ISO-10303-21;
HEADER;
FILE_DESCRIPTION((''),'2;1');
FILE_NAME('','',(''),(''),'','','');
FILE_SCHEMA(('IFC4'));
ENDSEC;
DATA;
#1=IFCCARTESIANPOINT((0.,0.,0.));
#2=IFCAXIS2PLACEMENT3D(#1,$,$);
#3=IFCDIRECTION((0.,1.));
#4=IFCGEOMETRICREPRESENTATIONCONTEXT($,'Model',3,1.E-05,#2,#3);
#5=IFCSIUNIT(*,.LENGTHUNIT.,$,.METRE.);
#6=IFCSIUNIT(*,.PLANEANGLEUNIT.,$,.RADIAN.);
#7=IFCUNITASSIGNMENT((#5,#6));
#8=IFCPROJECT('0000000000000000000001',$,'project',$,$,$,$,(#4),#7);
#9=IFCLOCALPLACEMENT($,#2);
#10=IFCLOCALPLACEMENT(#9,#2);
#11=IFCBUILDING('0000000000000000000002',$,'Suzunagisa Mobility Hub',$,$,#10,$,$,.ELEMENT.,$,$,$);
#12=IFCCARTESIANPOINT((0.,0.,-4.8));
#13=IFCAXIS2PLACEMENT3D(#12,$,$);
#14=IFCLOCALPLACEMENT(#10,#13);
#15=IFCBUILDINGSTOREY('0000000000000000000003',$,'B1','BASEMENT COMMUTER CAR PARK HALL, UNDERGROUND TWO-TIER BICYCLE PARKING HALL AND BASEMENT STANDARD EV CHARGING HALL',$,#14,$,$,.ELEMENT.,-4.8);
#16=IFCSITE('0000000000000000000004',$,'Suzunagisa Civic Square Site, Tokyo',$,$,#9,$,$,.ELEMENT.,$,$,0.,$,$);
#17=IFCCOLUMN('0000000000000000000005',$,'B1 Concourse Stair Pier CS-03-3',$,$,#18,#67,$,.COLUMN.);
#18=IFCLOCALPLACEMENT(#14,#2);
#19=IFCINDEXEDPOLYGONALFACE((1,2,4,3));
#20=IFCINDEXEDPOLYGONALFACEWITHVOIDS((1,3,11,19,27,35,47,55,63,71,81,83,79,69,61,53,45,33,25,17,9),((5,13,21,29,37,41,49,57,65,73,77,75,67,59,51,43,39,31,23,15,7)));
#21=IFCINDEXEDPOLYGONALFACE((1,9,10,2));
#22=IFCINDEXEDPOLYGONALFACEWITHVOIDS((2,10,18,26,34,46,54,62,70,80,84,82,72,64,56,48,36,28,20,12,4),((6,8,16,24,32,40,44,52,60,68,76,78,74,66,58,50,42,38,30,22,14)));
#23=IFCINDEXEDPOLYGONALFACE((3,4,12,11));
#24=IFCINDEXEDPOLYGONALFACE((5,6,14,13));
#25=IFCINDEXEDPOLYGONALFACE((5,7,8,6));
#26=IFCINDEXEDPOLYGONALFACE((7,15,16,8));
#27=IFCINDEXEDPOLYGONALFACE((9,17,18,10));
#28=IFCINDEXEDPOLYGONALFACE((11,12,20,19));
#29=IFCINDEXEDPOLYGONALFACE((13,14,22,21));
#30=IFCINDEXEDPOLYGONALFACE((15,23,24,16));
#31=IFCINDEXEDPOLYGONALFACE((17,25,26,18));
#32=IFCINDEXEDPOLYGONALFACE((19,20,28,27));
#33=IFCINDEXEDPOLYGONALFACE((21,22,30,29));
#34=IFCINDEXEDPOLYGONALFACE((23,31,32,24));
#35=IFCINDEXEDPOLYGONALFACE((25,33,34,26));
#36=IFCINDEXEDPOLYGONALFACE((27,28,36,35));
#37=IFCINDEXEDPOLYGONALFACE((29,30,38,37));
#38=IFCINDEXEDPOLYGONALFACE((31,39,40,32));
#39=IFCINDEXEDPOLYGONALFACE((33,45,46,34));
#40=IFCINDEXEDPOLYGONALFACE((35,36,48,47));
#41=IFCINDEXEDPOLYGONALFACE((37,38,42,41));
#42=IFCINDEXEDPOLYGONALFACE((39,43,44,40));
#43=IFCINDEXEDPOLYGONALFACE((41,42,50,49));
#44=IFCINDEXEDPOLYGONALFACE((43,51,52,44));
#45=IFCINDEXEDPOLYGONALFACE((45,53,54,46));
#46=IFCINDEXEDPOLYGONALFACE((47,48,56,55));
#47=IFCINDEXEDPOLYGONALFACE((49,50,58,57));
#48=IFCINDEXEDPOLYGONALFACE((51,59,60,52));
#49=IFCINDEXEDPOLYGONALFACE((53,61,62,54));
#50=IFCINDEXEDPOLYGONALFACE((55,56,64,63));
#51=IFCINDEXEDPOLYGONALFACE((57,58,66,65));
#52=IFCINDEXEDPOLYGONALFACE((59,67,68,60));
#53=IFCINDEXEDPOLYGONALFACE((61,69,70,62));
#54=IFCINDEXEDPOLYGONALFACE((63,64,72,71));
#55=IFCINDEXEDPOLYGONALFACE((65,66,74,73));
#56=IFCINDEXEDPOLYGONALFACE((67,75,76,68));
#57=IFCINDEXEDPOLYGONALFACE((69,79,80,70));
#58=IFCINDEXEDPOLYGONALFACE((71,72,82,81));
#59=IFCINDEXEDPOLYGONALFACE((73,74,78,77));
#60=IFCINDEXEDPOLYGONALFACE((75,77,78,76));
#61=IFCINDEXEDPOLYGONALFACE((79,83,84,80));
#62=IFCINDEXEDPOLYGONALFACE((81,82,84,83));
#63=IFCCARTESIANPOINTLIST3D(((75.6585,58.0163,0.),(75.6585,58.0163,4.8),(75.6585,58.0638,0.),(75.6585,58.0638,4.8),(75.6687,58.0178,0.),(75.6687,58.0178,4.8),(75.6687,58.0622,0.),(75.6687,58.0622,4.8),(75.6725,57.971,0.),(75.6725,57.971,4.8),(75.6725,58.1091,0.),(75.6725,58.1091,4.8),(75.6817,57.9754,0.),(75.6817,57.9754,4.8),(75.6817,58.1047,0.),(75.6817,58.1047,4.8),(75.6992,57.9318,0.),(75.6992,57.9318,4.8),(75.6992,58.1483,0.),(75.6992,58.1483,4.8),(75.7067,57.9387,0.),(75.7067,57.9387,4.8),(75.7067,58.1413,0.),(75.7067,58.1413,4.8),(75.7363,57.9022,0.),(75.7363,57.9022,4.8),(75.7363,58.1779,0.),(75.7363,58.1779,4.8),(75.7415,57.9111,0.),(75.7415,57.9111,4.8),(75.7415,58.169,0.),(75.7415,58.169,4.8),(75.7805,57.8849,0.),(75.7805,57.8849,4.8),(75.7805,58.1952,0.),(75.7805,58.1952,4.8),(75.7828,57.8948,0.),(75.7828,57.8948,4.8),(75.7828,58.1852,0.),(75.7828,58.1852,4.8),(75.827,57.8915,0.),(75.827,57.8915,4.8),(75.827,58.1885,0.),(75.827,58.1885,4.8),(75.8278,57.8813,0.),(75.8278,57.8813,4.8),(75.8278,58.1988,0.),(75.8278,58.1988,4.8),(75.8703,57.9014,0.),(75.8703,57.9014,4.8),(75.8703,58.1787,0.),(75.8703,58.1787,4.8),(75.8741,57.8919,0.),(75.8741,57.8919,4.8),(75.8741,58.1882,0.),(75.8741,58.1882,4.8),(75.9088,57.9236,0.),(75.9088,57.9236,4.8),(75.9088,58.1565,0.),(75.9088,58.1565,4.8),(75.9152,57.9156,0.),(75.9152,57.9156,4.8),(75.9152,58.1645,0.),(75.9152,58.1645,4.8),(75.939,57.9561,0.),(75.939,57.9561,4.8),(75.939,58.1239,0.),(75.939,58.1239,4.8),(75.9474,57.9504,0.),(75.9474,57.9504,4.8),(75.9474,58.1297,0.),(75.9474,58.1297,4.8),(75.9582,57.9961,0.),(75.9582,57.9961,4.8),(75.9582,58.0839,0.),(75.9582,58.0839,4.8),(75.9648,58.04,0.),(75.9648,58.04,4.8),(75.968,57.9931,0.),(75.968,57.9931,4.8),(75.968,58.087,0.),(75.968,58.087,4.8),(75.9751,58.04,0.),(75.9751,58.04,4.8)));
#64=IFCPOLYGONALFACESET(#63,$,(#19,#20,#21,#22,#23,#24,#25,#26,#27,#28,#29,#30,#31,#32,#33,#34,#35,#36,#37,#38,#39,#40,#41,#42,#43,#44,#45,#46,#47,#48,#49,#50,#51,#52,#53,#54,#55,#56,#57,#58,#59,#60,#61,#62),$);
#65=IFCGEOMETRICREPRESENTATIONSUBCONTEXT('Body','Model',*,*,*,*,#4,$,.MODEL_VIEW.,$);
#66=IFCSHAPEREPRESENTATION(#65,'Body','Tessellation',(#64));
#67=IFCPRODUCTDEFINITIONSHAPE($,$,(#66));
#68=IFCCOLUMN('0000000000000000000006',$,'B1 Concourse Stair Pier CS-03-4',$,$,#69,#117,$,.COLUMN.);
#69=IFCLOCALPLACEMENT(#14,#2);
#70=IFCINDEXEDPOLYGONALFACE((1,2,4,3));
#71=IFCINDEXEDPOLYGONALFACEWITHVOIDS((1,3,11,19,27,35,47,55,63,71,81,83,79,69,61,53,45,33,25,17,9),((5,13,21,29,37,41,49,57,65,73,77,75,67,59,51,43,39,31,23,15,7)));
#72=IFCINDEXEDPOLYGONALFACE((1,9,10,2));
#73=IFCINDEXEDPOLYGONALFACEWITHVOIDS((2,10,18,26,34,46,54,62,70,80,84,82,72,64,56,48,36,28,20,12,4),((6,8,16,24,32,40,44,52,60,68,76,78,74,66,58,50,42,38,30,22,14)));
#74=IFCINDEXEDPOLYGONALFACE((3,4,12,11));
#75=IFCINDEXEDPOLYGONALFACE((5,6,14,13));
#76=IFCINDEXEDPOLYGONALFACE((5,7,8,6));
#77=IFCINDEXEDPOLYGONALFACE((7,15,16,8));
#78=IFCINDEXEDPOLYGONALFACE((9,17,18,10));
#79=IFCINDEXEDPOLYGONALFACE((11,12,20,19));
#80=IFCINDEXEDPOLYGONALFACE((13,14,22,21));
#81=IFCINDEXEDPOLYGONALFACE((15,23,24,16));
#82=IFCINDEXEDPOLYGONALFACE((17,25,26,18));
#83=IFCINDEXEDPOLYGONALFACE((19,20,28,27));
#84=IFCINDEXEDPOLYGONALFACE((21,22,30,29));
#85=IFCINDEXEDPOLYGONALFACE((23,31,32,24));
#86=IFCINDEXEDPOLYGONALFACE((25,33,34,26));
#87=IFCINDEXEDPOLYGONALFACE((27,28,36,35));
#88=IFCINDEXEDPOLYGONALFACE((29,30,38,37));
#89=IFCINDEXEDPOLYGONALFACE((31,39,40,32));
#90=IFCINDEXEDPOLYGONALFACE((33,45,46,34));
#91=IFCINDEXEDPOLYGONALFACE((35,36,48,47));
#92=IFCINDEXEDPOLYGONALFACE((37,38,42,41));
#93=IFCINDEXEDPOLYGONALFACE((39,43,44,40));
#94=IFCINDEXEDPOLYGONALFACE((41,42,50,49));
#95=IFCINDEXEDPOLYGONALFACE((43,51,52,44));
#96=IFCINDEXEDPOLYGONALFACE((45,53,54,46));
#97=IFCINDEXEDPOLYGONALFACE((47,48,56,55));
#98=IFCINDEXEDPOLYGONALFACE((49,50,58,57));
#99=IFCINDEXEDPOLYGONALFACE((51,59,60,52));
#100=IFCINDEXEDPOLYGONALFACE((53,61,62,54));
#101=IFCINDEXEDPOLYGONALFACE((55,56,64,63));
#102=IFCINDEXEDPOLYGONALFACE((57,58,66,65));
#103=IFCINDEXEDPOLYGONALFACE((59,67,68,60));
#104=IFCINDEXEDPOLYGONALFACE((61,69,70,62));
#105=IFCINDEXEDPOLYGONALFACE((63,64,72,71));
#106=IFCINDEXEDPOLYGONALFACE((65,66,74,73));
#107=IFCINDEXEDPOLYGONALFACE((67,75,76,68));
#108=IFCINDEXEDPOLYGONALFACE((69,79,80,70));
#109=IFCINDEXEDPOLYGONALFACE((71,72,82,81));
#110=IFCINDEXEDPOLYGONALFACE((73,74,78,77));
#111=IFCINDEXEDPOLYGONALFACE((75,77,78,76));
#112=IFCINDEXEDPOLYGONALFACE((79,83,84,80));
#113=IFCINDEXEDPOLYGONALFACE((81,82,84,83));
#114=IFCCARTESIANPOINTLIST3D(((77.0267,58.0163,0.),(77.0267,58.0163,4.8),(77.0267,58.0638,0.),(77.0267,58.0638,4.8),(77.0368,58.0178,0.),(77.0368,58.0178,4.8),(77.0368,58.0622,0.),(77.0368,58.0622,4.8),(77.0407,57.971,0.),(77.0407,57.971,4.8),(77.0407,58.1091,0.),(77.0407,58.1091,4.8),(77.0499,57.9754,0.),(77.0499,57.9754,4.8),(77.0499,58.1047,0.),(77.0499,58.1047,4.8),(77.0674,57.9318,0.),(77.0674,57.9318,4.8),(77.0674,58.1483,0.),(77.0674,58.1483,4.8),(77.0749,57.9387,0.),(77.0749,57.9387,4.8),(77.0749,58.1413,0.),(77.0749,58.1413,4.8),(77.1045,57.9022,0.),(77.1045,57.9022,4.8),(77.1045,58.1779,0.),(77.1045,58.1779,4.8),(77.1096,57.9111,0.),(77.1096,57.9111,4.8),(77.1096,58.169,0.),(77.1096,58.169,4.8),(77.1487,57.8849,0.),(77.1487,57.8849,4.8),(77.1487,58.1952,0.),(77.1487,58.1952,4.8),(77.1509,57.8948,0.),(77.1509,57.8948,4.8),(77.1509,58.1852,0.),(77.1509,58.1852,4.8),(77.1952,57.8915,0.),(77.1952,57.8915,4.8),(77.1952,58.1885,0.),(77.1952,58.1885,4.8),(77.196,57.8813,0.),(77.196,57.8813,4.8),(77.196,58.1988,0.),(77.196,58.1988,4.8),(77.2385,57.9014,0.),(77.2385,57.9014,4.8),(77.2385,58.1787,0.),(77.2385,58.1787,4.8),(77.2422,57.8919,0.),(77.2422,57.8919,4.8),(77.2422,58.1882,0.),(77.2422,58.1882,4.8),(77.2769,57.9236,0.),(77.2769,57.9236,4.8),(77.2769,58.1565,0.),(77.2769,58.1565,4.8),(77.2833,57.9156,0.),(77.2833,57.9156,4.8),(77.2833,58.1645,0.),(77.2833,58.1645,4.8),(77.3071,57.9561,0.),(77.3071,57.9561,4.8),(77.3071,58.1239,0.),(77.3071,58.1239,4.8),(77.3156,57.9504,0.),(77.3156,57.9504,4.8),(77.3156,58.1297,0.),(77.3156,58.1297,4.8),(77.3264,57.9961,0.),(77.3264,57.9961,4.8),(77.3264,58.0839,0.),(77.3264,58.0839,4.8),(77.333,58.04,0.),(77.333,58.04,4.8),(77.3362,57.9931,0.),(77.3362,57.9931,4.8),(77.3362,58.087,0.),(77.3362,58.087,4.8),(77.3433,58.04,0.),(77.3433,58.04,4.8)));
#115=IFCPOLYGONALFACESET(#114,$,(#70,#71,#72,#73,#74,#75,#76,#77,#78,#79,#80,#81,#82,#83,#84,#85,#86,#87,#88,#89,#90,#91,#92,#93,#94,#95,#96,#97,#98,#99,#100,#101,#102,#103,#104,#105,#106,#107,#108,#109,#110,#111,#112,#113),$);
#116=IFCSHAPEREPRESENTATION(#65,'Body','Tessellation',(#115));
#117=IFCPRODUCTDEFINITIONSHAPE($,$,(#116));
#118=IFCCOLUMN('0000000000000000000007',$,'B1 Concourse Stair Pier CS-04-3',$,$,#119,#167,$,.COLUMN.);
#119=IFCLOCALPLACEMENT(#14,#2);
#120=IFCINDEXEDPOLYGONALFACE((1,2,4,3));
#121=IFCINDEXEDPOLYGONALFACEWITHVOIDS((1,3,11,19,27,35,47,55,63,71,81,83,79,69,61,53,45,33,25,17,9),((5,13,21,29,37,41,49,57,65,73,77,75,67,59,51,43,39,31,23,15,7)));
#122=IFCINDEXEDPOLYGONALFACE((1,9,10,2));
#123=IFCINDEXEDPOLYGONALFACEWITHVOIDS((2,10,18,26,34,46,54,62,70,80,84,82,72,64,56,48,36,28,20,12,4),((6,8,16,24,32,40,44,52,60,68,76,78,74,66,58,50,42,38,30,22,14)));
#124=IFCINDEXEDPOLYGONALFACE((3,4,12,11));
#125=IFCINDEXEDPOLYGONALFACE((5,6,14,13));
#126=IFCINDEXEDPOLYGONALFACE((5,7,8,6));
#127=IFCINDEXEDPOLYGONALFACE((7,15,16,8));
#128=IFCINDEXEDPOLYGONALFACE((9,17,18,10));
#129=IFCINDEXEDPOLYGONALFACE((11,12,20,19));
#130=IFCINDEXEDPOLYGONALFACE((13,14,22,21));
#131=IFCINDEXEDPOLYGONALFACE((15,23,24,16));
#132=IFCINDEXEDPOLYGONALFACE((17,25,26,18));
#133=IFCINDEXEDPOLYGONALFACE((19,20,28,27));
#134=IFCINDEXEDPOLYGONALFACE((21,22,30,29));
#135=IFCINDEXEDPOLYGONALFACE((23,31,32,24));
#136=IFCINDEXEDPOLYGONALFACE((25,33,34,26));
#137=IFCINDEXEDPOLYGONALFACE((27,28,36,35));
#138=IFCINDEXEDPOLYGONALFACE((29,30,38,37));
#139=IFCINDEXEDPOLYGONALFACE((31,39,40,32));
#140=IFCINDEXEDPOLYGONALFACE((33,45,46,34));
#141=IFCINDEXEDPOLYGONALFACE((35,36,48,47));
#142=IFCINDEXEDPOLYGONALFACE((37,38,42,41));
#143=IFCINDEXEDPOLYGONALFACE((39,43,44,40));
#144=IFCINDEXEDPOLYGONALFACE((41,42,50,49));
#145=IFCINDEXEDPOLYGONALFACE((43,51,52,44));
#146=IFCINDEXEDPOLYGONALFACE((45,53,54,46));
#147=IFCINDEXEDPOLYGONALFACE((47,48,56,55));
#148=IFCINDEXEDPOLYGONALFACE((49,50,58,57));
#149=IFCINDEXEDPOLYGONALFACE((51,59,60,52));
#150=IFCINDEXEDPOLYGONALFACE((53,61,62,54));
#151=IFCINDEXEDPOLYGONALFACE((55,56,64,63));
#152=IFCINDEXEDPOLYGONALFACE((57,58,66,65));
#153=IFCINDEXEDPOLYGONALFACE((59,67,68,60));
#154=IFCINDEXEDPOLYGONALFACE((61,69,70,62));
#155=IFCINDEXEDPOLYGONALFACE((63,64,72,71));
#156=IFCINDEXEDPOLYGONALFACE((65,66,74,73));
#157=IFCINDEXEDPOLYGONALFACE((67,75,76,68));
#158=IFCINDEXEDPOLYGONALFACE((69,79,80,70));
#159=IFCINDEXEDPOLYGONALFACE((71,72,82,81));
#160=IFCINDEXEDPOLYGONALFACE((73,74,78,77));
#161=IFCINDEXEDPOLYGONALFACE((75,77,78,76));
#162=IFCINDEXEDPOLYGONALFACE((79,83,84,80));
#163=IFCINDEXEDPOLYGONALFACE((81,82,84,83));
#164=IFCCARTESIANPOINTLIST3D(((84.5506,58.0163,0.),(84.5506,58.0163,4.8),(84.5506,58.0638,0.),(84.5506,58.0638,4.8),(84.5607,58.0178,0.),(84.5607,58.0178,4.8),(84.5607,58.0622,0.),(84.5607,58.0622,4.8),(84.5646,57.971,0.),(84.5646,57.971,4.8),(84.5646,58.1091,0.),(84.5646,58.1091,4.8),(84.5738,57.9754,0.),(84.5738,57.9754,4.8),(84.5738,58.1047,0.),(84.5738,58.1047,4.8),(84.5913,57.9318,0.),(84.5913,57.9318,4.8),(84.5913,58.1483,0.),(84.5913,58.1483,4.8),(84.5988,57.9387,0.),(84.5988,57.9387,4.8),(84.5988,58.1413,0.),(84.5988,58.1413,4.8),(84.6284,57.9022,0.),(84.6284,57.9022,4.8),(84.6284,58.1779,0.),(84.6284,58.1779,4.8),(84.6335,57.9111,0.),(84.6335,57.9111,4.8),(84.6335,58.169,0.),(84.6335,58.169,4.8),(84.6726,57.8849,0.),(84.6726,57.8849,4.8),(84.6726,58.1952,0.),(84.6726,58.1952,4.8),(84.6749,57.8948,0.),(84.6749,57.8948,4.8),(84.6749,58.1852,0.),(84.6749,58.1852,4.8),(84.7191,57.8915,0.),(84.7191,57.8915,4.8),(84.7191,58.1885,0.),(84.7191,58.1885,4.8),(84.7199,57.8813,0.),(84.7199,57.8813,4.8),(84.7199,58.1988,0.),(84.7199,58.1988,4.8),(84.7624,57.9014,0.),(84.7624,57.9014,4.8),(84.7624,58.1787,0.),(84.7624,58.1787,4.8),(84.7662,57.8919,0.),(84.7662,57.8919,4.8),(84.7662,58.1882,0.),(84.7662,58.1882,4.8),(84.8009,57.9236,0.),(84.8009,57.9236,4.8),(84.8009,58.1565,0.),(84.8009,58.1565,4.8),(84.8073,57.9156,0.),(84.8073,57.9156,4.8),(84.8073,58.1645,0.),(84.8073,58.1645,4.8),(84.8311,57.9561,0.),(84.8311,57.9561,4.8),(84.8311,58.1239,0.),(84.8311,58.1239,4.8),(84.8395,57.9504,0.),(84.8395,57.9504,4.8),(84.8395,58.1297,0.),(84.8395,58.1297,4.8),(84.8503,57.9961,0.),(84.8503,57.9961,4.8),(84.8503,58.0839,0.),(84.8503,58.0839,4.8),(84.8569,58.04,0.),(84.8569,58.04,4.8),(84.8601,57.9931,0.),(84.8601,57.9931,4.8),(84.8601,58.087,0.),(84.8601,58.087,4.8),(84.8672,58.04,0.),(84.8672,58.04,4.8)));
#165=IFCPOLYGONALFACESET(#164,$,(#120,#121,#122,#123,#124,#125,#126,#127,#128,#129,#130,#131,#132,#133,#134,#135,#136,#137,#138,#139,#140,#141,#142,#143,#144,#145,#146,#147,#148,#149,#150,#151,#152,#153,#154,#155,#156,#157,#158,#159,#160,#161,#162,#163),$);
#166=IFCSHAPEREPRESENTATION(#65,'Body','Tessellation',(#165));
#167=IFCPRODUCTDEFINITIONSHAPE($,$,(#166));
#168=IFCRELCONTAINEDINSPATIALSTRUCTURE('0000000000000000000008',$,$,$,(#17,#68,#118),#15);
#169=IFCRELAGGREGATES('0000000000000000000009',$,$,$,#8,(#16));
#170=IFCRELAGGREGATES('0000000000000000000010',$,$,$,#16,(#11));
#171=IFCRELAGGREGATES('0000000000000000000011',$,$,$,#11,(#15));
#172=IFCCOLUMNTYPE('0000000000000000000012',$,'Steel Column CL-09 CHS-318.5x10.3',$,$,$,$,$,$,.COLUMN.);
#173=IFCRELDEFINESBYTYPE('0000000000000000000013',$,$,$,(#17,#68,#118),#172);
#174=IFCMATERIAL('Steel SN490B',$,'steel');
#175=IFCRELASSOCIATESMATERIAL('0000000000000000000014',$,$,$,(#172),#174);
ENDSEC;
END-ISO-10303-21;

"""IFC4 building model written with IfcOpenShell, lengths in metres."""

from ifc_helpers import new_model, si_unit, direction, frame, origin, origin_2d, place, context, subcontext, project, spatial, hollow_circle, extrude, material, material_profile, profile_set, type_object, element, save


model = new_model("IFC4")

# Units and contexts
model_context = context("Model", 3, precision=1e-05, world=origin(), true_north=direction((0.0, 1.0)))
body_context = subcontext(model_context, "Body", "Model", "MODEL_VIEW")
ifc_project = project(units=[si_unit("LENGTHUNIT", "METRE"), si_unit("PLANEANGLEUNIT", "RADIAN")], contexts=[model_context])

# Site, building, storey
site_placement = place(None, origin())
site = spatial("IfcSite", under=ifc_project, at=site_placement, Name="Suzunagisa Civic Square Site, Tokyo", CompositionType="ELEMENT", RefElevation=0.0)
building_placement = place(site_placement, origin())
building = spatial("IfcBuilding", under=site, at=building_placement, Name="Suzunagisa Mobility Hub", CompositionType="ELEMENT")
storey_placement = place(building_placement, frame((0.0, 0.0, -4.8)))
storey = spatial("IfcBuildingStorey", under=building, at=storey_placement, Name="B1", Description="BASEMENT COMMUTER CAR PARK HALL, UNDERGROUND TWO-TIER BICYCLE PARKING HALL AND BASEMENT STANDARD EV CHARGING HALL", CompositionType="ELEMENT", Elevation=-4.8)

# Columns
ifc_material_1 = material(Name="Steel SN490B", Category="steel")
ifc_material_profile_1 = material_profile(ifc_material_1, hollow_circle(Radius=0.1592, WallThickness=0.0103, at=origin_2d()), Name="CHS-318.5x10.3")
ifc_profile_set_1 = profile_set([ifc_material_profile_1], Name="Steel SN490B")
column_type_1 = type_object("IfcColumnType", Name="Steel Column CL-09 CHS-318.5x10.3", PredefinedType="COLUMN", material=ifc_profile_set_1)
for number, where, z_axis, x_axis, name in (
    (1, (75.8159, 58.04, 0.0), (0.0, 0.0, 1.0), (1.0, 0.0, 0.0), "B1 Concourse Stair Pier CS-03-3"),
    (2, (77.1841, 58.04, 0.0), (0.0, 0.0, 1.0), (1.0, 0.0, 0.0), "B1 Concourse Stair Pier CS-03-4"),
    (3, (84.708, 58.04, 0.0), (0.0, 0.0, 1.0), (1.0, 0.0, 0.0), "B1 Concourse Stair Pier CS-04-3"),
):
    element("IfcColumn", number, at=place(storey_placement, frame(where, z_axis=z_axis, x_axis=x_axis)), inside=storey, type_object=column_type_1, Name=name, PredefinedType="COLUMN", context=body_context, shape_type="SweptSolid", body=[
        extrude(hollow_circle(Radius=0.1592, WallThickness=0.0103, at=origin_2d()), origin(), (0.0, 0.0, 1.0), 4.8),
    ])

save(model, "model.ifc")
